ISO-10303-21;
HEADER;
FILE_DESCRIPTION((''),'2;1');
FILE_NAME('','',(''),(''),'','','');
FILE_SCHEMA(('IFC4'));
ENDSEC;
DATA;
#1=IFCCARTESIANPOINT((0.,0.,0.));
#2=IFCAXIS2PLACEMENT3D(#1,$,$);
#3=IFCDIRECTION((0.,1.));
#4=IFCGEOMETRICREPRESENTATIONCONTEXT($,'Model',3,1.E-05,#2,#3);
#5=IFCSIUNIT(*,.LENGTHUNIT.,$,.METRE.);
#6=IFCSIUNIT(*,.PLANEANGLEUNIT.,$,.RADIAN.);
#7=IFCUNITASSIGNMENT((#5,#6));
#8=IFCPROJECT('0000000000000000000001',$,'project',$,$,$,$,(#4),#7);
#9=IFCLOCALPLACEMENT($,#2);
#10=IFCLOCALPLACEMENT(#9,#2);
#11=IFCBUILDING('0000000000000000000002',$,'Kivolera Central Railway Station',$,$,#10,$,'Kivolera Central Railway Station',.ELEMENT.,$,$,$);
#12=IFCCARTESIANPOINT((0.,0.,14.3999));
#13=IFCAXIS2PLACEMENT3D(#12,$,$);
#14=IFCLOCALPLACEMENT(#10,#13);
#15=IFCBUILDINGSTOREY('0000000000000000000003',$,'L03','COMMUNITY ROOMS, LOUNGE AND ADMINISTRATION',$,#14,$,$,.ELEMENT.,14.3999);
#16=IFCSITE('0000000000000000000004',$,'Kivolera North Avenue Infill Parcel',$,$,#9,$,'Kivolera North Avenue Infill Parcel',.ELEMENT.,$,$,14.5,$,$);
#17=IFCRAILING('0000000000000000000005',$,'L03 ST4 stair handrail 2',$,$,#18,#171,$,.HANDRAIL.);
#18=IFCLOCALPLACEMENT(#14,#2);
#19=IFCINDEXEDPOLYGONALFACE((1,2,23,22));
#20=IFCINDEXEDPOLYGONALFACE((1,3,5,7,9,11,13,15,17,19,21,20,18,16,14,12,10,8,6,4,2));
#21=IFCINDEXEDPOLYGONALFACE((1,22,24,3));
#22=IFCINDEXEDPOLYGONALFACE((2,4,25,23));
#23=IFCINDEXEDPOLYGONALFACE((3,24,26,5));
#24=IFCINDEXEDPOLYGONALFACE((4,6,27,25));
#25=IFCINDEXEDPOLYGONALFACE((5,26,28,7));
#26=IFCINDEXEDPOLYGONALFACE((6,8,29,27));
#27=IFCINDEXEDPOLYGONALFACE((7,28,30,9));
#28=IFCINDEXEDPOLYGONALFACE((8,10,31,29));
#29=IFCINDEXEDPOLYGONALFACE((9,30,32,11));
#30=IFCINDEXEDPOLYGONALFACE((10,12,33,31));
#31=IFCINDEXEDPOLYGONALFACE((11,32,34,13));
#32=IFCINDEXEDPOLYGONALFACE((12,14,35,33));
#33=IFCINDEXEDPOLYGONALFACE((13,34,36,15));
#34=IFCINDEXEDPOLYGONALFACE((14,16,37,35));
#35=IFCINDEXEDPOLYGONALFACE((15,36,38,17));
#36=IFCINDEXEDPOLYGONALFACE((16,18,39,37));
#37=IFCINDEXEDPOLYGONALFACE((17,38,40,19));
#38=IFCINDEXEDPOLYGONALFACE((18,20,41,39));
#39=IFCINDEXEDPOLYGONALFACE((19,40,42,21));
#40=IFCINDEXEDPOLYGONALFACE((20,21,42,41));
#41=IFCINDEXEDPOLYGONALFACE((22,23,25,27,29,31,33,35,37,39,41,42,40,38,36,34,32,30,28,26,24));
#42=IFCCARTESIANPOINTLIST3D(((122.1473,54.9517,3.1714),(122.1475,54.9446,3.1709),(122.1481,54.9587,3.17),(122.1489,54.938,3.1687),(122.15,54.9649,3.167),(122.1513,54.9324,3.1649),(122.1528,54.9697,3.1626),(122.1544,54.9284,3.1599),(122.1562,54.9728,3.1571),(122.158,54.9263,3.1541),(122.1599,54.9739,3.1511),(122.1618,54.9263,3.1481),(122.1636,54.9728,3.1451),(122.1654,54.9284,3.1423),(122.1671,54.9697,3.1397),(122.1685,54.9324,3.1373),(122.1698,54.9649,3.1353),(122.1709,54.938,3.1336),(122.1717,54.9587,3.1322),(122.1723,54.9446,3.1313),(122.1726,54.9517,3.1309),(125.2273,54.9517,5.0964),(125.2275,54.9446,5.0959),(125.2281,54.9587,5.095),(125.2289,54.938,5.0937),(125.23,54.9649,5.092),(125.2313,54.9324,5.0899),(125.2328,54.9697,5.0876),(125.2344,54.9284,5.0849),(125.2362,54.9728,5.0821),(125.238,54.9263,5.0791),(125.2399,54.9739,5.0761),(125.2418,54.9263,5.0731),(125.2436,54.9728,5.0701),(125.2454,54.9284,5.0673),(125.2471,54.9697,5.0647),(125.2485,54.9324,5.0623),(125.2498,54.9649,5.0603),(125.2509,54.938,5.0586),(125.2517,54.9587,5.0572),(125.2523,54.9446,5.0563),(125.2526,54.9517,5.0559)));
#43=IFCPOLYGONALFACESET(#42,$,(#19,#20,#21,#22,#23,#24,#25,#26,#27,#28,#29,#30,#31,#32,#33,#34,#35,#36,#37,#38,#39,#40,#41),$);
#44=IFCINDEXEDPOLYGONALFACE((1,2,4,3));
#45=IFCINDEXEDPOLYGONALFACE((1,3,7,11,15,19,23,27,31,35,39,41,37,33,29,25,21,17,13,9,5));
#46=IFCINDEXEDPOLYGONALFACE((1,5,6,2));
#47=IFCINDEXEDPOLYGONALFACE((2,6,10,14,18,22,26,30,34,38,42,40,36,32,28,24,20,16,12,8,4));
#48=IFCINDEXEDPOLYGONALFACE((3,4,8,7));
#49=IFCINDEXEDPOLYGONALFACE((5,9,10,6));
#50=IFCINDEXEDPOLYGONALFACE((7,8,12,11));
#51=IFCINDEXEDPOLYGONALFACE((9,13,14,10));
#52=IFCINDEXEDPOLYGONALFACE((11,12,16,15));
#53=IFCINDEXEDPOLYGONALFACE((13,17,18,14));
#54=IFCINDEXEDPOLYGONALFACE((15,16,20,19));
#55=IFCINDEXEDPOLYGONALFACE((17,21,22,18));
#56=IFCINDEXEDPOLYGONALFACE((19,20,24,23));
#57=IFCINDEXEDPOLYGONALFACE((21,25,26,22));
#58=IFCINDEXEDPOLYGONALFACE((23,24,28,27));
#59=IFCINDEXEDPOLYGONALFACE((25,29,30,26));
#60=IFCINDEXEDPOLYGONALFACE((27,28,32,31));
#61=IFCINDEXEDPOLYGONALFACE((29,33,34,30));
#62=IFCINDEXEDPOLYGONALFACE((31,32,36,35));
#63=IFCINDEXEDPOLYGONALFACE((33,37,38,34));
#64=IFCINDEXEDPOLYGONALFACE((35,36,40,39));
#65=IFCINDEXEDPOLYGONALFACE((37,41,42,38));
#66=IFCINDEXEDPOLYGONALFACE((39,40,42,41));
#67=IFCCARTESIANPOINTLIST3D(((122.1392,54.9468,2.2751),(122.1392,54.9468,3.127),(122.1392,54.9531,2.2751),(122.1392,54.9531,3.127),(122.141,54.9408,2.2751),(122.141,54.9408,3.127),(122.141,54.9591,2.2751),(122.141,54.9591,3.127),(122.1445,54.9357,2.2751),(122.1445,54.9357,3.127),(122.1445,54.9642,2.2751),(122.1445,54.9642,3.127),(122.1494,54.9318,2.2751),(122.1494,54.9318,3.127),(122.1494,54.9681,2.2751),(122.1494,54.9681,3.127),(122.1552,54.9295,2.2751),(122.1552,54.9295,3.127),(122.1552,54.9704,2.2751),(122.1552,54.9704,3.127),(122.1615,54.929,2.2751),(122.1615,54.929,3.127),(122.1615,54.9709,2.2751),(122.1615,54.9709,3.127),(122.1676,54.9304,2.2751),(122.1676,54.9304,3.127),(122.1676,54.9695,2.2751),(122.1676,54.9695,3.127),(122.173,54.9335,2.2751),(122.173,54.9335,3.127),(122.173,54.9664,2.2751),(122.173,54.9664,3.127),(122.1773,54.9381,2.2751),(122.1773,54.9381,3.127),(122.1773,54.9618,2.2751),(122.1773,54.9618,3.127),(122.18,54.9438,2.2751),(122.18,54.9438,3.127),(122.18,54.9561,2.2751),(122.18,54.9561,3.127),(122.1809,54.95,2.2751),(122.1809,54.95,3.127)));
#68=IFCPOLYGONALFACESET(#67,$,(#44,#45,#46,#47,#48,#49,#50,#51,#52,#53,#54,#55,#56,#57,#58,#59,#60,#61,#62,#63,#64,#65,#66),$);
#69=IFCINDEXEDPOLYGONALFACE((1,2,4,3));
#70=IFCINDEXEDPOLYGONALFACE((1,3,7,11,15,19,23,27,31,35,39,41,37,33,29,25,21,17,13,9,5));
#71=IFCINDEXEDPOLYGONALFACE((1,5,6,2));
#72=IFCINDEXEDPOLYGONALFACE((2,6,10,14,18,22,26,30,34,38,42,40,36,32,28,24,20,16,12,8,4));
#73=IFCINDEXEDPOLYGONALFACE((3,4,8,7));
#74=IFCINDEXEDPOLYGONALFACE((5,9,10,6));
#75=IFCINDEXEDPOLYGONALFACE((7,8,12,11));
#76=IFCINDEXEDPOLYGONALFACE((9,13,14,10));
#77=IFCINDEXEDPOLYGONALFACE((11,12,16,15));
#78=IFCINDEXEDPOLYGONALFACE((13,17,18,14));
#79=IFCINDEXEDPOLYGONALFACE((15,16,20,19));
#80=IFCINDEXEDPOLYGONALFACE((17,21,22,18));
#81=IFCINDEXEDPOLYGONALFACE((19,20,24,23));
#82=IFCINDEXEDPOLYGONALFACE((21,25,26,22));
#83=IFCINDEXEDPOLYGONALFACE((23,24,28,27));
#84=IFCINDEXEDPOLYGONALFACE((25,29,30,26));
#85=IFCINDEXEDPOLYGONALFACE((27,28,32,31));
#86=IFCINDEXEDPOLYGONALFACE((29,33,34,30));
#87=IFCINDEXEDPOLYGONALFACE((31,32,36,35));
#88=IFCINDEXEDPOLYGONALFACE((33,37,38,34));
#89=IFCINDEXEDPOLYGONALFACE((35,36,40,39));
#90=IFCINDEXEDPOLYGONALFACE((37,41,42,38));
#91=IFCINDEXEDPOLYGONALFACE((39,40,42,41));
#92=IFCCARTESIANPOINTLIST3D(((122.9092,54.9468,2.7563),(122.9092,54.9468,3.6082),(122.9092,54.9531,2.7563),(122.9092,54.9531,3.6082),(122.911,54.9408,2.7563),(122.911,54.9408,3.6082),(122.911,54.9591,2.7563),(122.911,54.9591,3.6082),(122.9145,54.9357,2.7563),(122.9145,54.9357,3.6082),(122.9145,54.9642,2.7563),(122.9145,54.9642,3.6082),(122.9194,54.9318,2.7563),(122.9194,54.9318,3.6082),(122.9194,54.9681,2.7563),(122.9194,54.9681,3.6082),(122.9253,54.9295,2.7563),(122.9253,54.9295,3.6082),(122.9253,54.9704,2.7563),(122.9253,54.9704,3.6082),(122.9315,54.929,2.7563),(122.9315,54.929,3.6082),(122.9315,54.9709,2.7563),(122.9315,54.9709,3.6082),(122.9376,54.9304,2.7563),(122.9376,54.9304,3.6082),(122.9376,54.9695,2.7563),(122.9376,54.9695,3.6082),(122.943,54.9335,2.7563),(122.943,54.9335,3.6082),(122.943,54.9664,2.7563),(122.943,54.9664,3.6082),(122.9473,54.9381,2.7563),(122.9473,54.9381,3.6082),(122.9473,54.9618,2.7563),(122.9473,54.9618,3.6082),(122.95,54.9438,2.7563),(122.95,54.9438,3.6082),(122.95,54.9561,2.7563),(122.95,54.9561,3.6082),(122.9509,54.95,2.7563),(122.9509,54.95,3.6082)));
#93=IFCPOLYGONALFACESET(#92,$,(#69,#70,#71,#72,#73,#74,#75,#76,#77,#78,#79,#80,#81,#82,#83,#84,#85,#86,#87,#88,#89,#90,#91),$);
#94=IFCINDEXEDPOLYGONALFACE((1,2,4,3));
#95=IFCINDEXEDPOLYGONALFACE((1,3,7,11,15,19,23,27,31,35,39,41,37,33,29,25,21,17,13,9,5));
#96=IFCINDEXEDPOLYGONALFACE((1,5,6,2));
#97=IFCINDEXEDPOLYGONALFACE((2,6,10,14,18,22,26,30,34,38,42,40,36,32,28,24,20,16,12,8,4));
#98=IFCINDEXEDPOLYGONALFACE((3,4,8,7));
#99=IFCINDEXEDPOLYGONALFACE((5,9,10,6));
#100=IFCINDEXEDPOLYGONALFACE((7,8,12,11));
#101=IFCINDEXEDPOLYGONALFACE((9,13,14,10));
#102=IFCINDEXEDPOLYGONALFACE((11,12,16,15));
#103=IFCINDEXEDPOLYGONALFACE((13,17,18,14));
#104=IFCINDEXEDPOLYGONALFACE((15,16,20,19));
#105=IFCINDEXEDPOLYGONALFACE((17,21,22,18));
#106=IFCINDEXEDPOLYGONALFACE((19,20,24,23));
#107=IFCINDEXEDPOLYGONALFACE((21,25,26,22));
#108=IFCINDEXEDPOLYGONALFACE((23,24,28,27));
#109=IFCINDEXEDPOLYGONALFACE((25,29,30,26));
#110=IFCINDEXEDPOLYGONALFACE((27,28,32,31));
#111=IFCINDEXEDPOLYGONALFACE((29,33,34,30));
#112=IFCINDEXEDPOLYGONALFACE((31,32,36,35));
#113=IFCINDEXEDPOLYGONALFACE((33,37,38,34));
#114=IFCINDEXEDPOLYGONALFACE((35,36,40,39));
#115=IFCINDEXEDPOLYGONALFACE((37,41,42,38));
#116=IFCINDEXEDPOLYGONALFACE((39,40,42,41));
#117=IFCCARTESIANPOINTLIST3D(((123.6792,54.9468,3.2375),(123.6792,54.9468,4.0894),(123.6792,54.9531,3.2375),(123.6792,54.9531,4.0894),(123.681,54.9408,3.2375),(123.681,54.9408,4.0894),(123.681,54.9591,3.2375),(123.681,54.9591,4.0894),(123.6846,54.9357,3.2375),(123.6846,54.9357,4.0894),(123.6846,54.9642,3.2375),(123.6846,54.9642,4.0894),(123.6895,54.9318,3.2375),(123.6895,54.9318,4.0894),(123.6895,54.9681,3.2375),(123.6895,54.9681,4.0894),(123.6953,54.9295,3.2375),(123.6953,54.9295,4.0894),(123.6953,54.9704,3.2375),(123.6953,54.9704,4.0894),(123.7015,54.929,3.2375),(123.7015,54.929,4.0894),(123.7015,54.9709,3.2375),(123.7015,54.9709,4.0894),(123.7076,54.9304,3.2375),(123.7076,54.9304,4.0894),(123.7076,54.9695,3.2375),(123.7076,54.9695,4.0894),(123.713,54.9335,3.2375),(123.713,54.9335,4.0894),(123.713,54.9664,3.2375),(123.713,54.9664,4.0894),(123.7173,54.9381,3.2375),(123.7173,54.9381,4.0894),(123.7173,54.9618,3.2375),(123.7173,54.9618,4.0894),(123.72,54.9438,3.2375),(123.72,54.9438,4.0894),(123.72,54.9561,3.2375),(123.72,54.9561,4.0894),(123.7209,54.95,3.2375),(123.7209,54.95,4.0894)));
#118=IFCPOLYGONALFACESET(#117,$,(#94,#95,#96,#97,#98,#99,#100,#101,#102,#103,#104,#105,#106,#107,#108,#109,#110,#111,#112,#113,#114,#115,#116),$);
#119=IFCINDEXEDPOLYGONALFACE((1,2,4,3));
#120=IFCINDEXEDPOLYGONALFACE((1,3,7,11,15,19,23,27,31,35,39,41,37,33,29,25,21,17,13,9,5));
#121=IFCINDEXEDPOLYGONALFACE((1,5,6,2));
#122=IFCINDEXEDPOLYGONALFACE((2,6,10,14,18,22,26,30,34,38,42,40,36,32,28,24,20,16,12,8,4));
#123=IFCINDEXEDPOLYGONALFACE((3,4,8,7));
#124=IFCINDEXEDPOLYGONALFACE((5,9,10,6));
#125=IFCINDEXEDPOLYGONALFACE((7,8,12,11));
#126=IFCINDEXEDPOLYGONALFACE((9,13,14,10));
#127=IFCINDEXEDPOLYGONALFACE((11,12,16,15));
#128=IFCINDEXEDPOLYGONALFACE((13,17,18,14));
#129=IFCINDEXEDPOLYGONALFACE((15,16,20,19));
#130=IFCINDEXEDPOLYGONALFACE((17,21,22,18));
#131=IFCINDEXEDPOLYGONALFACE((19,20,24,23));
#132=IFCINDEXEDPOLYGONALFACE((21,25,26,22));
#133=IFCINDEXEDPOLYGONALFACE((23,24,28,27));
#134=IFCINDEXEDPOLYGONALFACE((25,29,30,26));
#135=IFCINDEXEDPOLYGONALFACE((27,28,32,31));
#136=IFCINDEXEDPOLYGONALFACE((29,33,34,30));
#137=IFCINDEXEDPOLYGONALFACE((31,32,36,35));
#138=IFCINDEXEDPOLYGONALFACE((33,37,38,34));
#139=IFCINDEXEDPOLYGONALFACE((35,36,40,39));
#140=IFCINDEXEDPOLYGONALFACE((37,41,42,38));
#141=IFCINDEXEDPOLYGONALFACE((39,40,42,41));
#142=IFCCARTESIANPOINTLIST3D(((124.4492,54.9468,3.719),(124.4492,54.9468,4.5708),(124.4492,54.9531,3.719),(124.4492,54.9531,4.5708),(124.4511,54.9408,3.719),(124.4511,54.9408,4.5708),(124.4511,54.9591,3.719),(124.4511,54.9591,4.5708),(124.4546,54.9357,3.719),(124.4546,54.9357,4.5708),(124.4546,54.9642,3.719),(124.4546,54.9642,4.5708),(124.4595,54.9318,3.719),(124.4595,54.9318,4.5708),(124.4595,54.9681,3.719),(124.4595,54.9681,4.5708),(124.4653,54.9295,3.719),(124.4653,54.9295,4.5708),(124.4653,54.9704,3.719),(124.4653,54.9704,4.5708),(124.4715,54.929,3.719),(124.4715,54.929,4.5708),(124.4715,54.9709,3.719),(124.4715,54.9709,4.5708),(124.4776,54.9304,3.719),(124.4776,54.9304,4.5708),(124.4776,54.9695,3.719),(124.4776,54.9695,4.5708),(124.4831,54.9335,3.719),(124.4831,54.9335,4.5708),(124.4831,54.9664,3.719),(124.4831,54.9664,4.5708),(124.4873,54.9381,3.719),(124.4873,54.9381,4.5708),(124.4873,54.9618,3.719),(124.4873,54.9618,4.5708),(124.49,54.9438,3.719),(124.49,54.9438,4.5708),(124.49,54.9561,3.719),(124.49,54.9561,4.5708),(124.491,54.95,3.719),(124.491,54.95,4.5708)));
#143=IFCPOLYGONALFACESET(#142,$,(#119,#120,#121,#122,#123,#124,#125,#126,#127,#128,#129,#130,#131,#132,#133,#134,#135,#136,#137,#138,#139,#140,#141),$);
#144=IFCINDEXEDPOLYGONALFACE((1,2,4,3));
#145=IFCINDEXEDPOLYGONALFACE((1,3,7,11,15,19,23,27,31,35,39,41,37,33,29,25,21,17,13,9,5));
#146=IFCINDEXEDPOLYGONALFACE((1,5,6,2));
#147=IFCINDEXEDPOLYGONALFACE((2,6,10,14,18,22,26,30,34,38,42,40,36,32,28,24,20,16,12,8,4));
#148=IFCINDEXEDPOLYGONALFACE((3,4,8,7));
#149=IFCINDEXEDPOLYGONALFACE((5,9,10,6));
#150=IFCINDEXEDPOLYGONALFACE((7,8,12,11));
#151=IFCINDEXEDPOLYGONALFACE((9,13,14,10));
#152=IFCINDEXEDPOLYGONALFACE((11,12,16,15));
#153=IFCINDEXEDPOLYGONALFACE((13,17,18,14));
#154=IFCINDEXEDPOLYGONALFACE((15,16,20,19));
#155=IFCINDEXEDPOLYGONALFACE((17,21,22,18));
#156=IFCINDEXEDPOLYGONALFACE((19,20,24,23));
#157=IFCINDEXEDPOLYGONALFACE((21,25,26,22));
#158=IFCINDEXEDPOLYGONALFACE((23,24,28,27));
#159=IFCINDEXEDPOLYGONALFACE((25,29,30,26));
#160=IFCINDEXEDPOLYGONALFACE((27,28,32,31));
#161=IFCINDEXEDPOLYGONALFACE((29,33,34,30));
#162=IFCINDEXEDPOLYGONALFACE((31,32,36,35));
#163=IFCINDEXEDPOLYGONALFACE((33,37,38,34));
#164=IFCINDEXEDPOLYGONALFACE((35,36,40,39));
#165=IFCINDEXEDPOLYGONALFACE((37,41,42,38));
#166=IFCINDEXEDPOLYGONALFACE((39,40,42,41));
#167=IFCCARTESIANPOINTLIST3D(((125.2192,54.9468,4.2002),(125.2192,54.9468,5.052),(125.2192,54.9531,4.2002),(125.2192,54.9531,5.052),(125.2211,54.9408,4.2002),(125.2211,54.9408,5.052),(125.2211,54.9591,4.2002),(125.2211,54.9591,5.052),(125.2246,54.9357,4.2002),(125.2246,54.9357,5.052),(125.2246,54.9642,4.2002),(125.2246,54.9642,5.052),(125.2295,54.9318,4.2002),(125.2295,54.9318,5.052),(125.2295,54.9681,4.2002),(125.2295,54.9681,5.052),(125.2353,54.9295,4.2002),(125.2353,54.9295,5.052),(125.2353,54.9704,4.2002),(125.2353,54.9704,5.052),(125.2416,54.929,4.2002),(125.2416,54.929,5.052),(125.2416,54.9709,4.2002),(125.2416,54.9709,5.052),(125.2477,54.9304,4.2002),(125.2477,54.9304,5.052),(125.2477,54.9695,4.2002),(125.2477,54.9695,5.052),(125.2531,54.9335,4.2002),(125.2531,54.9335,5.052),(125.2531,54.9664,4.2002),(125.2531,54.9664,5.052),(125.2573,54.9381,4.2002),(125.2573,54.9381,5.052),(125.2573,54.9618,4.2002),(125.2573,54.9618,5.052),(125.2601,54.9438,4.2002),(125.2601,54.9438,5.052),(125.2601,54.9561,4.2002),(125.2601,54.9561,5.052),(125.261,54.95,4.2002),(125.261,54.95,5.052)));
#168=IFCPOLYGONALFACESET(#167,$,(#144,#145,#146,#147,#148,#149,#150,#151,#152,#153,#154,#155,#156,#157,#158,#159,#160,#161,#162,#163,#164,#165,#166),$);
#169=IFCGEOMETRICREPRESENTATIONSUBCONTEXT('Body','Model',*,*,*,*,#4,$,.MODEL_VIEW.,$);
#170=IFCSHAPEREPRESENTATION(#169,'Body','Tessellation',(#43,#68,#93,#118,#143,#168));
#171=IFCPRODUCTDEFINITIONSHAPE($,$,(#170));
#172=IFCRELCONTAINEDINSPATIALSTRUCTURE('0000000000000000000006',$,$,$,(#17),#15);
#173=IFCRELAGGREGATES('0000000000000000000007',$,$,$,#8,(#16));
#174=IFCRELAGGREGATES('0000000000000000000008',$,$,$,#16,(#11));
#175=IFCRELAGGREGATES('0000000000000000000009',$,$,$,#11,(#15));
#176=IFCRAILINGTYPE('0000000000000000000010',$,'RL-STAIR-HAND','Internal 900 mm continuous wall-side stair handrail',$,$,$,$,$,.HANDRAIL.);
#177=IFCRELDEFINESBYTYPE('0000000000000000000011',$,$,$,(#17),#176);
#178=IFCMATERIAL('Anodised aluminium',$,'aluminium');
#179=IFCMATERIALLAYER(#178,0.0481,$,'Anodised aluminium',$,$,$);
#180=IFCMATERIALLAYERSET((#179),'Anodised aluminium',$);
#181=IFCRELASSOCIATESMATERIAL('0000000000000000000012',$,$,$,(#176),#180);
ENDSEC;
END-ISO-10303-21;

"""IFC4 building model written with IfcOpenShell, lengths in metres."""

from ifc_helpers import new_model, si_unit, direction, frame, origin, origin_2d, place, context, subcontext, project, spatial, circle, extrude, material, layer, layer_set, type_object, element, save


model = new_model("IFC4")

# Units and contexts
model_context = context("Model", 3, precision=1e-05, world=origin(), true_north=direction((0.0, 1.0)))
body_context = subcontext(model_context, "Body", "Model", "MODEL_VIEW")
ifc_project = project(units=[si_unit("LENGTHUNIT", "METRE"), si_unit("PLANEANGLEUNIT", "RADIAN")], contexts=[model_context])

# Site, building, storey
site_placement = place(None, origin())
site = spatial("IfcSite", under=ifc_project, at=site_placement, Name="Kivolera North Avenue Infill Parcel", LongName="Kivolera North Avenue Infill Parcel", CompositionType="ELEMENT", RefElevation=14.5)
building_placement = place(site_placement, origin())
building = spatial("IfcBuilding", under=site, at=building_placement, Name="Kivolera Central Railway Station", LongName="Kivolera Central Railway Station", CompositionType="ELEMENT")
storey_placement = place(building_placement, frame((0.0, 0.0, 14.3999)))
storey = spatial("IfcBuildingStorey", under=building, at=storey_placement, Name="L03", Description="COMMUNITY ROOMS, LOUNGE AND ADMINISTRATION", CompositionType="ELEMENT", Elevation=14.3999)

# Shared definitions
ifc_material_1 = material(Name="Anodised aluminium", Category="aluminium")

# Railing
ifc_layer_1 = layer(ifc_material_1, 0.0481, Name="Anodised aluminium")
ifc_layer_set_1 = layer_set([ifc_layer_1], Name="Anodised aluminium")
railing_type_1 = type_object("IfcRailingType", Name="RL-STAIR-HAND", Description="Internal 900 mm continuous wall-side stair handrail", PredefinedType="HANDRAIL", material=ifc_layer_set_1)
railing_1_placement = place(storey_placement, frame((122.1599, 54.95, 2.2751)))
element("IfcRailing", 1, at=railing_1_placement, inside=storey, type_object=railing_type_1, Name="L03 ST4 stair handrail 2", PredefinedType="HANDRAIL", context=body_context, shape_type="SweptSolid", body=[
    extrude(circle(Radius=0.0239, at=origin_2d()), frame((0.0, 0.0, 0.876), z_axis=(0.847998, 0.0, 0.529999), x_axis=(0.0, 1.0, 0.0)), (0.0, 0.0, 1.0), 3.6321),
    extrude(circle(Radius=0.021, at=origin_2d()), origin(), (0.0, 0.0, 1.0), 0.8518),
    extrude(circle(Radius=0.021, at=origin_2d()), frame((0.77, 0.0, 0.4812)), (0.0, 0.0, 1.0), 0.8518),
    extrude(circle(Radius=0.021, at=origin_2d()), frame((1.54, 0.0, 0.9624)), (0.0, 0.0, 1.0), 0.8518),
    extrude(circle(Radius=0.021, at=origin_2d()), frame((2.3101, 0.0, 1.4438)), (0.0, 0.0, 1.0), 0.8518),
    extrude(circle(Radius=0.021, at=origin_2d()), frame((3.0801, 0.0, 1.925)), (0.0, 0.0, 1.0), 0.8518),
])

save(model, "model.ifc")
